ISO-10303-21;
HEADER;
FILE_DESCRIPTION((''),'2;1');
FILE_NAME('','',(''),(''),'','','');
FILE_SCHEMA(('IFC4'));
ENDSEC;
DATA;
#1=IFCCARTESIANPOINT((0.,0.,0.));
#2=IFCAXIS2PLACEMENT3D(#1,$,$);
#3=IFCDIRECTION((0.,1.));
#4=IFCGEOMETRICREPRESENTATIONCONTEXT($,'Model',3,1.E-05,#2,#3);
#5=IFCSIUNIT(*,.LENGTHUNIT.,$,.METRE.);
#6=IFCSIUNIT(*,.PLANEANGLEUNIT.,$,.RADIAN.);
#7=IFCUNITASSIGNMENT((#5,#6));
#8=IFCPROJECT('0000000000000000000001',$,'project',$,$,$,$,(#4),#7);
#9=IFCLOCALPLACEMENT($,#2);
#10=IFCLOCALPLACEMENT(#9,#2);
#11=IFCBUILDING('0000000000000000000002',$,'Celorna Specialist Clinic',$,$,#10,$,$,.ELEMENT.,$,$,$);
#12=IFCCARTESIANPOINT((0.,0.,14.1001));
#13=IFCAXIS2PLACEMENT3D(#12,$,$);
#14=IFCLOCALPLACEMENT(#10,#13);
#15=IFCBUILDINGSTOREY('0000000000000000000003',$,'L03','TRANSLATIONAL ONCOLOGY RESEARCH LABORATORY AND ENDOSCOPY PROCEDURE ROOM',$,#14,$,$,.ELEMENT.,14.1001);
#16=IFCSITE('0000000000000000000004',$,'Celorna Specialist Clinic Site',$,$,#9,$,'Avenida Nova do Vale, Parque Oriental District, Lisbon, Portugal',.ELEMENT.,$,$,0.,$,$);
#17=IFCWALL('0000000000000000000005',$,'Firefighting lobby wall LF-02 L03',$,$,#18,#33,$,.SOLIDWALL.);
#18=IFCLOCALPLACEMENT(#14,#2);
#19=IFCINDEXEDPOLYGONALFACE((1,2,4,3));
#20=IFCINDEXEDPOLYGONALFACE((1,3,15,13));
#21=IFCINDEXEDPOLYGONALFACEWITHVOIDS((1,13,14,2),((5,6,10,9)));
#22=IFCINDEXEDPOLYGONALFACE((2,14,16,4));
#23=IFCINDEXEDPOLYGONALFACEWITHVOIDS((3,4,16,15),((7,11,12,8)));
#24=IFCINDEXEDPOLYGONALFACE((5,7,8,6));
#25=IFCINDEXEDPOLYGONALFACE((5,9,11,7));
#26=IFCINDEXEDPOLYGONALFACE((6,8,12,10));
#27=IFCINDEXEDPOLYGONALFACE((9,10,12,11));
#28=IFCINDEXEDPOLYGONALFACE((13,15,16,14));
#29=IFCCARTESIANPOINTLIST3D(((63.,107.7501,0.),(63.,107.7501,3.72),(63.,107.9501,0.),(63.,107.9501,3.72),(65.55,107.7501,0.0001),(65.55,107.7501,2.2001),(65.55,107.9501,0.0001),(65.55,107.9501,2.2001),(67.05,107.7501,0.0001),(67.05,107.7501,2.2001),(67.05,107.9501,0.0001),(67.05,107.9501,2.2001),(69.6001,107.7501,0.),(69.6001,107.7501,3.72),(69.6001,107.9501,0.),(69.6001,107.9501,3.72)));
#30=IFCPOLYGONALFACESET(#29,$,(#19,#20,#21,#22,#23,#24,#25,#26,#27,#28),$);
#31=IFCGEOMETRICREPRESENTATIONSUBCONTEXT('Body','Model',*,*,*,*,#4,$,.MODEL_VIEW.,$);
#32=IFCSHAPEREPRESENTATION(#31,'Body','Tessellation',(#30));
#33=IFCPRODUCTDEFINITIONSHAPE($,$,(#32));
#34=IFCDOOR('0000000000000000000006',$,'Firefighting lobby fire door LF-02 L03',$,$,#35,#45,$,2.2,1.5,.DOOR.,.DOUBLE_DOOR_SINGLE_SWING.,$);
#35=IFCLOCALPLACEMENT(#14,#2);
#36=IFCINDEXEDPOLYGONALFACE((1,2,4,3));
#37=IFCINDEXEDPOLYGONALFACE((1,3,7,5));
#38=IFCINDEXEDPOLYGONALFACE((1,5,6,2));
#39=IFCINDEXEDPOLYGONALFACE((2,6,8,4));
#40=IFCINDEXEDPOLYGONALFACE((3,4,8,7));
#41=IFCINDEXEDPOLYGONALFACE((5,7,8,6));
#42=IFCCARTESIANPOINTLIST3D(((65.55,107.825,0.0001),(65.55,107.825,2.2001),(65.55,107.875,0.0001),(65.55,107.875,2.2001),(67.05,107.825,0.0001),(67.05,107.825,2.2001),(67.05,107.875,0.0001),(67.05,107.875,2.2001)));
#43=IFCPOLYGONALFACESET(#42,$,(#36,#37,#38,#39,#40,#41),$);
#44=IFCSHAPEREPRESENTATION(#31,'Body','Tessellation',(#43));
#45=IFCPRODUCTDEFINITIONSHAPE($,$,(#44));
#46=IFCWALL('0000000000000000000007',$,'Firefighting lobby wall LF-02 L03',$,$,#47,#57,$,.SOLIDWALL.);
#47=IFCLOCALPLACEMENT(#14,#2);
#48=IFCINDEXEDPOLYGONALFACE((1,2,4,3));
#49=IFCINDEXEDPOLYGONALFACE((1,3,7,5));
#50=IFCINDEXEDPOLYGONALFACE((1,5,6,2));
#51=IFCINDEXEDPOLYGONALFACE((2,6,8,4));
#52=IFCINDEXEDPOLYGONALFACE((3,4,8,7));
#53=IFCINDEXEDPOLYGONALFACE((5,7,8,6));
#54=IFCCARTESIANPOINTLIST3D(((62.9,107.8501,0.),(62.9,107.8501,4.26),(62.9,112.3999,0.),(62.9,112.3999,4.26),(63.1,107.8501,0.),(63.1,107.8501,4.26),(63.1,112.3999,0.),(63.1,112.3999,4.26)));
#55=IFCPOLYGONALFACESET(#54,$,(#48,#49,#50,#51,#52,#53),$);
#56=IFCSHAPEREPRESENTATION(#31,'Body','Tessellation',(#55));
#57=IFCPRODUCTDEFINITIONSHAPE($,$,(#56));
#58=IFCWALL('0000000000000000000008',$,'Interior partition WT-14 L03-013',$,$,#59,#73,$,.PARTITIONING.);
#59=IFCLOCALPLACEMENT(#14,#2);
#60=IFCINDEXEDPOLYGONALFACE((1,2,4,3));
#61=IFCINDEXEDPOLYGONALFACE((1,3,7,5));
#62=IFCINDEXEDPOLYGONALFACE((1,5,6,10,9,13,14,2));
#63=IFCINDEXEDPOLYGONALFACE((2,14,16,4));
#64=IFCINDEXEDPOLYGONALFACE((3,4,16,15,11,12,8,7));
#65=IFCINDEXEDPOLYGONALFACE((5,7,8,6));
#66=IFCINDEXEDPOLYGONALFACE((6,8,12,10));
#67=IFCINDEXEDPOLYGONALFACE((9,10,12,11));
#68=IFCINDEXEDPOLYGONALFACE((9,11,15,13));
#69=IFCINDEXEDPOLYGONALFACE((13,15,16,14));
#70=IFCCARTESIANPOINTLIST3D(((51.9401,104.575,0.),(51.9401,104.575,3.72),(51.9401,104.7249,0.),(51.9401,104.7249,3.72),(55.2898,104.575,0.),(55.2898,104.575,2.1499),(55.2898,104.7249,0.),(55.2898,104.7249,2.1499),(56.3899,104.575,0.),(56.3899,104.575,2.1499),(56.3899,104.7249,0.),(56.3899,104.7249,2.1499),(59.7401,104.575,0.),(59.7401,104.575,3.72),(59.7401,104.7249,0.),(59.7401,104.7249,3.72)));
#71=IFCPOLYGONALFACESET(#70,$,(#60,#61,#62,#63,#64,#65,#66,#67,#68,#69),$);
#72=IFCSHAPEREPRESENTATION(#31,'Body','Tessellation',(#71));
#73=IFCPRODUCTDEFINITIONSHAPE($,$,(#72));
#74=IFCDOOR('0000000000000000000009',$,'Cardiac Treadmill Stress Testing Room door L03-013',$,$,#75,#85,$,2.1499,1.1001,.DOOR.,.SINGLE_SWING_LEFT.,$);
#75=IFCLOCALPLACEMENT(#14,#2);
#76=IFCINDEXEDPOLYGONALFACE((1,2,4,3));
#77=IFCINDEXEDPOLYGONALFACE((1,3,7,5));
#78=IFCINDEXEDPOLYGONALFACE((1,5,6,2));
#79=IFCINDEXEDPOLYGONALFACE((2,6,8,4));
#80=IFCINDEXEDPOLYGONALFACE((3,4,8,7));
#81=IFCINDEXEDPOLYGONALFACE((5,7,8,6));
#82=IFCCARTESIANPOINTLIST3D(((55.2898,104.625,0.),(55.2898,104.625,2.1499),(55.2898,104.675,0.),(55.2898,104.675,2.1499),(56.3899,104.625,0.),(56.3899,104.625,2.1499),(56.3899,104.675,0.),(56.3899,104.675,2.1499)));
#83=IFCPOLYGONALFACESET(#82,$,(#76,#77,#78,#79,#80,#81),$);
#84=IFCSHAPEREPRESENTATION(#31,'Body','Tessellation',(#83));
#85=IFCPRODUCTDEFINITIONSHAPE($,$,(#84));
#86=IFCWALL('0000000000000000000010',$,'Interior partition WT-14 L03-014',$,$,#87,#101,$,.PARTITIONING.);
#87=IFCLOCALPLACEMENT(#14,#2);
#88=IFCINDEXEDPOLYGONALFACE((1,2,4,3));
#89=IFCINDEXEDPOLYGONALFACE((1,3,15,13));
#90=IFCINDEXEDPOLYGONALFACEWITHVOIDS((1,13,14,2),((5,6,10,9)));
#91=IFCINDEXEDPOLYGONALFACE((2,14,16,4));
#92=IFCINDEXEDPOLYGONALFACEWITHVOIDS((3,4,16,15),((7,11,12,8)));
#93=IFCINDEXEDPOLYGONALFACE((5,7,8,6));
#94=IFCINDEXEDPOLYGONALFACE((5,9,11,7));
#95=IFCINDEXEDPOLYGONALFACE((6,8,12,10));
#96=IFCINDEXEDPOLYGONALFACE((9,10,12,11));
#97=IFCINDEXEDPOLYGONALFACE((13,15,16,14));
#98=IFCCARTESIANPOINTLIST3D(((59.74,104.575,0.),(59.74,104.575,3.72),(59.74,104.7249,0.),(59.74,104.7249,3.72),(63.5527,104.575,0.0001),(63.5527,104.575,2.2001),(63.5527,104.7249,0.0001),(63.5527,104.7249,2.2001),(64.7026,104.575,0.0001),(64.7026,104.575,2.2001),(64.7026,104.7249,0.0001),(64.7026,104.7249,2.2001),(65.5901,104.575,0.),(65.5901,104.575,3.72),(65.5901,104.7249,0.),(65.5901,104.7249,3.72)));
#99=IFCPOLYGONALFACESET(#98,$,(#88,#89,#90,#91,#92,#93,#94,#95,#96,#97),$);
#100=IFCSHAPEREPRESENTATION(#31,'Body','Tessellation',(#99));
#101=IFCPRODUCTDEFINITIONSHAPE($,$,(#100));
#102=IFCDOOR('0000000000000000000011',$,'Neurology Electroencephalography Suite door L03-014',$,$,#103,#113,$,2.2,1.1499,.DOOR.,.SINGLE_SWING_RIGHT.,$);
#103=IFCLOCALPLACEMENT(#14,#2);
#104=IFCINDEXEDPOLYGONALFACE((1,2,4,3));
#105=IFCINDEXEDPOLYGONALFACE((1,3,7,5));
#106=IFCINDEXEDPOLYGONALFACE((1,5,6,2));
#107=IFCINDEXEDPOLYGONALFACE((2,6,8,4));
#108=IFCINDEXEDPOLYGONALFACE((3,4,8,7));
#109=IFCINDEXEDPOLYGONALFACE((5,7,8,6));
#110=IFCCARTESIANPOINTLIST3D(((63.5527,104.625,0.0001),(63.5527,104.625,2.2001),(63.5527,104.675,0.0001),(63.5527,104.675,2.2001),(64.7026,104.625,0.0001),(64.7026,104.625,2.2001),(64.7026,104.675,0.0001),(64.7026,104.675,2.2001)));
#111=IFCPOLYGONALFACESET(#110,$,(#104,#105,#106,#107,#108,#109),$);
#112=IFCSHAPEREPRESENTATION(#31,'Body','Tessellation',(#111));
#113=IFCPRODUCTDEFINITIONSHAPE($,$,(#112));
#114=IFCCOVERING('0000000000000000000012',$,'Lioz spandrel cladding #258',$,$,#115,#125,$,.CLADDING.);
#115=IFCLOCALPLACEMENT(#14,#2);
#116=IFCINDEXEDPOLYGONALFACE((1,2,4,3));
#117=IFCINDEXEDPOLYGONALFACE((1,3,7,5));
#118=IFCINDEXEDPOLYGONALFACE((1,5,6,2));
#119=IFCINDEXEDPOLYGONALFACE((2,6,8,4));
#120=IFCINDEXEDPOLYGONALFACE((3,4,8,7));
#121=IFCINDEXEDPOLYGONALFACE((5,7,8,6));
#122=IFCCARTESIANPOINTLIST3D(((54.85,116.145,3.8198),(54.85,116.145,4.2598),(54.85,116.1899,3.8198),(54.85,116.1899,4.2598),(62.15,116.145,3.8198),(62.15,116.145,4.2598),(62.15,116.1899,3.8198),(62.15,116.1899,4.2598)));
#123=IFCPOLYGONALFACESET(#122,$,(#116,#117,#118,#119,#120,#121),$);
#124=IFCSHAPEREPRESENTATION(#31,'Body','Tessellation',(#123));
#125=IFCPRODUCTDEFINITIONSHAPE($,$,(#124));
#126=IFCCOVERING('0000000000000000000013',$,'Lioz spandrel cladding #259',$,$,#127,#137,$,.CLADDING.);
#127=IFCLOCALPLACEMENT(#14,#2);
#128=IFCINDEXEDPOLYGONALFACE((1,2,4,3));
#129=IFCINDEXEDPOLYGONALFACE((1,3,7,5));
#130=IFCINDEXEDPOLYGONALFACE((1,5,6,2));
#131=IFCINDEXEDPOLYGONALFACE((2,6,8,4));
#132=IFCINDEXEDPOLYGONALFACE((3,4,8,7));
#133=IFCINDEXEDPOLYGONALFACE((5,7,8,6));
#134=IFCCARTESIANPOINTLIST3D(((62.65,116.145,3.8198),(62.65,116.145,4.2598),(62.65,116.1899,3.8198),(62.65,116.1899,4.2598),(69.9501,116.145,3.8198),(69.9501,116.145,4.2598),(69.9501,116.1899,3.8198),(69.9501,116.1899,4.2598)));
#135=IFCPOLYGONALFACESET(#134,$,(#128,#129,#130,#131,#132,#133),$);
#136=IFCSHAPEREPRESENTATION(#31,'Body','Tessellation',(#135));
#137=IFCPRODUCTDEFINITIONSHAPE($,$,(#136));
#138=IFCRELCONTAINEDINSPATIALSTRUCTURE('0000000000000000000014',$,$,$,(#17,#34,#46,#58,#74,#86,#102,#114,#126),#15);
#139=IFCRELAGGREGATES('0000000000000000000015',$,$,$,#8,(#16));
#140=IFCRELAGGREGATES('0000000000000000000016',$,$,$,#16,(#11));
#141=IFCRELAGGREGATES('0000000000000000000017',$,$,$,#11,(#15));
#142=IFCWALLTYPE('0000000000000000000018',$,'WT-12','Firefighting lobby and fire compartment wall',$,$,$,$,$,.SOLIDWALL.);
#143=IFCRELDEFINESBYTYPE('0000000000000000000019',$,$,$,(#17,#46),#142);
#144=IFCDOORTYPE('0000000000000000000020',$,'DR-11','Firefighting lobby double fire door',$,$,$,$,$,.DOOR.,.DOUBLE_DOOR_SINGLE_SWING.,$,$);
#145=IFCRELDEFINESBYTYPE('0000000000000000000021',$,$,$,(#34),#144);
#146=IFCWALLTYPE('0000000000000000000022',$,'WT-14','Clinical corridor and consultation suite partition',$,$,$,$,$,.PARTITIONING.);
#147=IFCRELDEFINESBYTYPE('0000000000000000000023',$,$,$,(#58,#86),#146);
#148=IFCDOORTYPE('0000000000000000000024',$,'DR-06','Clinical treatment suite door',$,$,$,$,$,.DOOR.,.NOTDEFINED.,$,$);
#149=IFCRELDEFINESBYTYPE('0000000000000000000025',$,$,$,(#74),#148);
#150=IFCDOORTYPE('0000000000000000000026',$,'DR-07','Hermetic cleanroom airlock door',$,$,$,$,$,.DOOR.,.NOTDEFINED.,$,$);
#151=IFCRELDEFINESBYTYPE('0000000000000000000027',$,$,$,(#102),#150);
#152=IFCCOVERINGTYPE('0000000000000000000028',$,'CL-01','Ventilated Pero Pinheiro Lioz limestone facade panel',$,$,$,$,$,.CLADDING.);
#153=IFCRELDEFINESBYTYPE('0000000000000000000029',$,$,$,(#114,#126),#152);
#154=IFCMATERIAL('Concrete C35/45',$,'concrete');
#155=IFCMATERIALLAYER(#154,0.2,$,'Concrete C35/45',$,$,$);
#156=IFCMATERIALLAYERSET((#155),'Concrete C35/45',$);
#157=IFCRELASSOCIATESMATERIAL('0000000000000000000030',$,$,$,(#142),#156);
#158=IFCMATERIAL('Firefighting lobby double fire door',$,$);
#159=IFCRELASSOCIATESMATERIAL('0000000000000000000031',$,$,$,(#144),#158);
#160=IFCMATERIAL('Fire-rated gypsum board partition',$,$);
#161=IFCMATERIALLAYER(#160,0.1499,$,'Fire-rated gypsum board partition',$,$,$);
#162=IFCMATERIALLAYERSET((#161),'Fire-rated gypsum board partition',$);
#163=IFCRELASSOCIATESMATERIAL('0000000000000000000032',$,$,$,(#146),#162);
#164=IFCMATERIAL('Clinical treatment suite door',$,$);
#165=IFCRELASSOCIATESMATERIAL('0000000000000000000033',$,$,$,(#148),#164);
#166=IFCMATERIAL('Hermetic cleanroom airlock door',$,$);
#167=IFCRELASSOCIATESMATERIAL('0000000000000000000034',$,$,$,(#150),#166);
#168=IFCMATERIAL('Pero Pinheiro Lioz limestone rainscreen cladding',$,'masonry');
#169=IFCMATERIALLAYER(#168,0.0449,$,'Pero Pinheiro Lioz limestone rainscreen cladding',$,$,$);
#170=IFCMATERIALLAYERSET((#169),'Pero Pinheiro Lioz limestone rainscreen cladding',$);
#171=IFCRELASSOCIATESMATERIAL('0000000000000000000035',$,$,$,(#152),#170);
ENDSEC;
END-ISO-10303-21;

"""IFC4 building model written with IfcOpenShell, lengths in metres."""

from ifc_helpers import new_model, si_unit, direction, frame, frame_2d, origin, origin_2d, place, context, subcontext, project, spatial, rectangle, extrude, material, layer, layer_set, type_object, element, fill, save


model = new_model("IFC4")

# Units and contexts
model_context = context("Model", 3, precision=1e-05, world=origin(), true_north=direction((0.0, 1.0)))
body_context = subcontext(model_context, "Body", "Model", "MODEL_VIEW")
ifc_project = project(units=[si_unit("LENGTHUNIT", "METRE"), si_unit("PLANEANGLEUNIT", "RADIAN")], contexts=[model_context])

# Site, building, storey
site_placement = place(None, origin())
site = spatial("IfcSite", under=ifc_project, at=site_placement, Name="Celorna Specialist Clinic Site", LongName="Avenida Nova do Vale, Parque Oriental District, Lisbon, Portugal", CompositionType="ELEMENT", RefElevation=0.0)
building_placement = place(site_placement, origin())
building = spatial("IfcBuilding", under=site, at=building_placement, Name="Celorna Specialist Clinic", CompositionType="ELEMENT")
storey_placement = place(building_placement, frame((0.0, 0.0, 14.1001)))
storey = spatial("IfcBuildingStorey", under=building, at=storey_placement, Name="L03", Description="TRANSLATIONAL ONCOLOGY RESEARCH LABORATORY AND ENDOSCOPY PROCEDURE ROOM", CompositionType="ELEMENT", Elevation=14.1001)

# Shared definitions
ifc_material_1 = material(Name="Concrete C35/45", Category="concrete")

# Shared definitions
ifc_layer_1 = layer(ifc_material_1, 0.2, Name="Concrete C35/45")
ifc_layer_set_1 = layer_set([ifc_layer_1], Name="Concrete C35/45")
wall_type_1 = type_object("IfcWallType", Name="WT-12", Description="Firefighting lobby and fire compartment wall", PredefinedType="SOLIDWALL", material=ifc_layer_set_1)

# Wall, opening, door
wall_1_placement = place(storey_placement, frame((63.0, 107.8501, 0.0), z_axis=(0.0, 0.0, 1.0), x_axis=(1.0, 0.0, 0.0)))
wall_1 = element("IfcWall", 1, at=wall_1_placement, inside=storey, type_object=wall_type_1, Name="Firefighting lobby wall LF-02 L03", PredefinedType="SOLIDWALL", context=body_context, shape_type="SweptSolid", body=[
    extrude(rectangle(XDim=6.6001, YDim=0.2, at=frame_2d((3.3, 0.0))), origin(), (0.0, 0.0, 1.0), 3.72),
])
opening_1_placement = place(wall_1_placement, frame((2.55, 0.0, 0.0)))
opening_1 = element("IfcOpeningElement", 2, at=opening_1_placement, cuts=wall_1, PredefinedType="OPENING", context=body_context, shape_type="SweptSolid", body=[
    extrude(rectangle(XDim=1.5, YDim=2.2, at=frame_2d((0.75, 1.1001))), frame((0.0, 0.1099, 0.0), z_axis=(0.0, -1.0, 0.0), x_axis=(1.0, 0.0, 0.0)), (0.0, 0.0, 1.0), 0.22),
])
ifc_material_2 = material(Name="Firefighting lobby double fire door")
door_type_1 = type_object("IfcDoorType", Name="DR-11", Description="Firefighting lobby double fire door", OperationType="DOUBLE_DOOR_SINGLE_SWING", PredefinedType="DOOR", material=ifc_material_2)
door_1_placement = place(opening_1_placement, origin())
door_1 = element("IfcDoor", 3, at=door_1_placement, inside=storey, type_object=door_type_1, Name="Firefighting lobby fire door LF-02 L03", OperationType="DOUBLE_DOOR_SINGLE_SWING", OverallHeight=2.2, OverallWidth=1.5, PredefinedType="DOOR", context=body_context, shape_type="SweptSolid", body=[
    extrude(rectangle(XDim=1.5, YDim=2.2, at=frame_2d((0.75, 1.1001))), frame((0.0, 0.0249, 0.0), z_axis=(0.0, -1.0, 0.0), x_axis=(1.0, 0.0, 0.0)), (0.0, 0.0, 1.0), 0.05),
])
fill(opening_1, door_1)

# Wall
wall_2_placement = place(storey_placement, frame((63.0, 112.3999, 0.0), z_axis=(0.0, 0.0, 1.0), x_axis=(0.0, -1.0, 0.0)))
element("IfcWall", 4, at=wall_2_placement, inside=storey, type_object=wall_type_1, Name="Firefighting lobby wall LF-02 L03", PredefinedType="SOLIDWALL", context=body_context, shape_type="SweptSolid", body=[
    extrude(rectangle(XDim=4.5498, YDim=0.2, at=frame_2d((2.2749, 0.0))), origin(), (0.0, 0.0, 1.0), 4.26),
])

# Walls, openings, doors
ifc_material_3 = material(Name="Fire-rated gypsum board partition")
ifc_layer_2 = layer(ifc_material_3, 0.1499, Name="Fire-rated gypsum board partition")
ifc_layer_set_2 = layer_set([ifc_layer_2], Name="Fire-rated gypsum board partition")
wall_type_2 = type_object("IfcWallType", Name="WT-14", Description="Clinical corridor and consultation suite partition", PredefinedType="PARTITIONING", material=ifc_layer_set_2)
wall_3_placement = place(storey_placement, frame((59.74, 104.6499, 0.0), z_axis=(0.0, 0.0, 1.0), x_axis=(-1.0, 0.0, 0.0)))
wall_3 = element("IfcWall", 5, at=wall_3_placement, inside=storey, type_object=wall_type_2, Name="Interior partition WT-14 L03-013", PredefinedType="PARTITIONING", context=body_context, shape_type="SweptSolid", body=[
    extrude(rectangle(XDim=7.8, YDim=0.1499, at=frame_2d((3.8999, 0.0))), origin(), (0.0, 0.0, 1.0), 3.72),
])
opening_2_placement = place(wall_3_placement, frame((3.3501, 0.0, 0.0)))
opening_2 = element("IfcOpeningElement", 6, at=opening_2_placement, cuts=wall_3, PredefinedType="OPENING", context=body_context, shape_type="SweptSolid", body=[
    extrude(rectangle(XDim=1.1001, YDim=2.1499, at=frame_2d((0.55, 1.075))), frame((0.0, 0.085, 0.0), z_axis=(0.0, -1.0, 0.0), x_axis=(1.0, 0.0, 0.0)), (0.0, 0.0, 1.0), 0.1699),
])
ifc_material_4 = material(Name="Clinical treatment suite door")
door_type_2 = type_object("IfcDoorType", Name="DR-06", Description="Clinical treatment suite door", OperationType="NOTDEFINED", PredefinedType="DOOR", material=ifc_material_4)
door_2_placement = place(opening_2_placement, origin())
door_2 = element("IfcDoor", 7, at=door_2_placement, inside=storey, type_object=door_type_2, Name="Cardiac Treadmill Stress Testing Room door L03-013", OperationType="SINGLE_SWING_LEFT", OverallHeight=2.1499, OverallWidth=1.1001, PredefinedType="DOOR", context=body_context, shape_type="SweptSolid", body=[
    extrude(rectangle(XDim=1.1001, YDim=2.1499, at=frame_2d((0.55, 1.075))), frame((0.0, 0.0249, 0.0), z_axis=(0.0, -1.0, 0.0), x_axis=(1.0, 0.0, 0.0)), (0.0, 0.0, 1.0), 0.05),
])
fill(opening_2, door_2)
wall_4_placement = place(storey_placement, frame((65.5901, 104.6499, 0.0), z_axis=(0.0, 0.0, 1.0), x_axis=(-1.0, 0.0, 0.0)))
wall_4 = element("IfcWall", 8, at=wall_4_placement, inside=storey, type_object=wall_type_2, Name="Interior partition WT-14 L03-014", PredefinedType="PARTITIONING", context=body_context, shape_type="SweptSolid", body=[
    extrude(rectangle(XDim=5.8501, YDim=0.1499, at=frame_2d((2.925, 0.0))), origin(), (0.0, 0.0, 1.0), 3.72),
])
opening_3_placement = place(wall_4_placement, frame((0.8875, 0.0, 0.0)))
opening_3 = element("IfcOpeningElement", 9, at=opening_3_placement, cuts=wall_4, PredefinedType="OPENING", context=body_context, shape_type="SweptSolid", body=[
    extrude(rectangle(XDim=1.1499, YDim=2.2, at=frame_2d((0.575, 1.1001))), frame((0.0, 0.085, 0.0), z_axis=(0.0, -1.0, 0.0), x_axis=(1.0, 0.0, 0.0)), (0.0, 0.0, 1.0), 0.1699),
])
ifc_material_5 = material(Name="Hermetic cleanroom airlock door")
door_type_3 = type_object("IfcDoorType", Name="DR-07", Description="Hermetic cleanroom airlock door", OperationType="NOTDEFINED", PredefinedType="DOOR", material=ifc_material_5)
door_3_placement = place(opening_3_placement, origin())
door_3 = element("IfcDoor", 10, at=door_3_placement, inside=storey, type_object=door_type_3, Name="Neurology Electroencephalography Suite door L03-014", OperationType="SINGLE_SWING_RIGHT", OverallHeight=2.2, OverallWidth=1.1499, PredefinedType="DOOR", context=body_context, shape_type="SweptSolid", body=[
    extrude(rectangle(XDim=1.1499, YDim=2.2, at=frame_2d((0.575, 1.1001))), frame((0.0, 0.0249, 0.0), z_axis=(0.0, -1.0, 0.0), x_axis=(1.0, 0.0, 0.0)), (0.0, 0.0, 1.0), 0.05),
])
fill(opening_3, door_3)

# Coverings
ifc_material_6 = material(Name="Pero Pinheiro Lioz limestone rainscreen cladding", Category="masonry")
ifc_layer_3 = layer(ifc_material_6, 0.0449, Name="Pero Pinheiro Lioz limestone rainscreen cladding")
ifc_layer_set_3 = layer_set([ifc_layer_3], Name="Pero Pinheiro Lioz limestone rainscreen cladding")
covering_type = type_object("IfcCoveringType", Name="CL-01", Description="Ventilated Pero Pinheiro Lioz limestone facade panel", PredefinedType="CLADDING", material=ifc_layer_set_3)
for number, where, z_axis, x_axis, name in (
    (11, (58.5, 116.1675, 3.8198), (0.0, 0.0, 1.0), (1.0, 0.0, 0.0), "Lioz spandrel cladding #258"),
    (12, (66.3, 116.1675, 3.8198), (0.0, 0.0, 1.0), (1.0, 0.0, 0.0), "Lioz spandrel cladding #259"),
):
    element("IfcCovering", number, at=place(storey_placement, frame(where, z_axis=z_axis, x_axis=x_axis)), inside=storey, type_object=covering_type, Name=name, PredefinedType="CLADDING", context=body_context, shape_type="SweptSolid", body=[
        extrude(rectangle(XDim=7.3, YDim=0.0449, at=origin_2d()), origin(), (0.0, 0.0, 1.0), 0.4399),
    ])

save(model, "model.ifc")
